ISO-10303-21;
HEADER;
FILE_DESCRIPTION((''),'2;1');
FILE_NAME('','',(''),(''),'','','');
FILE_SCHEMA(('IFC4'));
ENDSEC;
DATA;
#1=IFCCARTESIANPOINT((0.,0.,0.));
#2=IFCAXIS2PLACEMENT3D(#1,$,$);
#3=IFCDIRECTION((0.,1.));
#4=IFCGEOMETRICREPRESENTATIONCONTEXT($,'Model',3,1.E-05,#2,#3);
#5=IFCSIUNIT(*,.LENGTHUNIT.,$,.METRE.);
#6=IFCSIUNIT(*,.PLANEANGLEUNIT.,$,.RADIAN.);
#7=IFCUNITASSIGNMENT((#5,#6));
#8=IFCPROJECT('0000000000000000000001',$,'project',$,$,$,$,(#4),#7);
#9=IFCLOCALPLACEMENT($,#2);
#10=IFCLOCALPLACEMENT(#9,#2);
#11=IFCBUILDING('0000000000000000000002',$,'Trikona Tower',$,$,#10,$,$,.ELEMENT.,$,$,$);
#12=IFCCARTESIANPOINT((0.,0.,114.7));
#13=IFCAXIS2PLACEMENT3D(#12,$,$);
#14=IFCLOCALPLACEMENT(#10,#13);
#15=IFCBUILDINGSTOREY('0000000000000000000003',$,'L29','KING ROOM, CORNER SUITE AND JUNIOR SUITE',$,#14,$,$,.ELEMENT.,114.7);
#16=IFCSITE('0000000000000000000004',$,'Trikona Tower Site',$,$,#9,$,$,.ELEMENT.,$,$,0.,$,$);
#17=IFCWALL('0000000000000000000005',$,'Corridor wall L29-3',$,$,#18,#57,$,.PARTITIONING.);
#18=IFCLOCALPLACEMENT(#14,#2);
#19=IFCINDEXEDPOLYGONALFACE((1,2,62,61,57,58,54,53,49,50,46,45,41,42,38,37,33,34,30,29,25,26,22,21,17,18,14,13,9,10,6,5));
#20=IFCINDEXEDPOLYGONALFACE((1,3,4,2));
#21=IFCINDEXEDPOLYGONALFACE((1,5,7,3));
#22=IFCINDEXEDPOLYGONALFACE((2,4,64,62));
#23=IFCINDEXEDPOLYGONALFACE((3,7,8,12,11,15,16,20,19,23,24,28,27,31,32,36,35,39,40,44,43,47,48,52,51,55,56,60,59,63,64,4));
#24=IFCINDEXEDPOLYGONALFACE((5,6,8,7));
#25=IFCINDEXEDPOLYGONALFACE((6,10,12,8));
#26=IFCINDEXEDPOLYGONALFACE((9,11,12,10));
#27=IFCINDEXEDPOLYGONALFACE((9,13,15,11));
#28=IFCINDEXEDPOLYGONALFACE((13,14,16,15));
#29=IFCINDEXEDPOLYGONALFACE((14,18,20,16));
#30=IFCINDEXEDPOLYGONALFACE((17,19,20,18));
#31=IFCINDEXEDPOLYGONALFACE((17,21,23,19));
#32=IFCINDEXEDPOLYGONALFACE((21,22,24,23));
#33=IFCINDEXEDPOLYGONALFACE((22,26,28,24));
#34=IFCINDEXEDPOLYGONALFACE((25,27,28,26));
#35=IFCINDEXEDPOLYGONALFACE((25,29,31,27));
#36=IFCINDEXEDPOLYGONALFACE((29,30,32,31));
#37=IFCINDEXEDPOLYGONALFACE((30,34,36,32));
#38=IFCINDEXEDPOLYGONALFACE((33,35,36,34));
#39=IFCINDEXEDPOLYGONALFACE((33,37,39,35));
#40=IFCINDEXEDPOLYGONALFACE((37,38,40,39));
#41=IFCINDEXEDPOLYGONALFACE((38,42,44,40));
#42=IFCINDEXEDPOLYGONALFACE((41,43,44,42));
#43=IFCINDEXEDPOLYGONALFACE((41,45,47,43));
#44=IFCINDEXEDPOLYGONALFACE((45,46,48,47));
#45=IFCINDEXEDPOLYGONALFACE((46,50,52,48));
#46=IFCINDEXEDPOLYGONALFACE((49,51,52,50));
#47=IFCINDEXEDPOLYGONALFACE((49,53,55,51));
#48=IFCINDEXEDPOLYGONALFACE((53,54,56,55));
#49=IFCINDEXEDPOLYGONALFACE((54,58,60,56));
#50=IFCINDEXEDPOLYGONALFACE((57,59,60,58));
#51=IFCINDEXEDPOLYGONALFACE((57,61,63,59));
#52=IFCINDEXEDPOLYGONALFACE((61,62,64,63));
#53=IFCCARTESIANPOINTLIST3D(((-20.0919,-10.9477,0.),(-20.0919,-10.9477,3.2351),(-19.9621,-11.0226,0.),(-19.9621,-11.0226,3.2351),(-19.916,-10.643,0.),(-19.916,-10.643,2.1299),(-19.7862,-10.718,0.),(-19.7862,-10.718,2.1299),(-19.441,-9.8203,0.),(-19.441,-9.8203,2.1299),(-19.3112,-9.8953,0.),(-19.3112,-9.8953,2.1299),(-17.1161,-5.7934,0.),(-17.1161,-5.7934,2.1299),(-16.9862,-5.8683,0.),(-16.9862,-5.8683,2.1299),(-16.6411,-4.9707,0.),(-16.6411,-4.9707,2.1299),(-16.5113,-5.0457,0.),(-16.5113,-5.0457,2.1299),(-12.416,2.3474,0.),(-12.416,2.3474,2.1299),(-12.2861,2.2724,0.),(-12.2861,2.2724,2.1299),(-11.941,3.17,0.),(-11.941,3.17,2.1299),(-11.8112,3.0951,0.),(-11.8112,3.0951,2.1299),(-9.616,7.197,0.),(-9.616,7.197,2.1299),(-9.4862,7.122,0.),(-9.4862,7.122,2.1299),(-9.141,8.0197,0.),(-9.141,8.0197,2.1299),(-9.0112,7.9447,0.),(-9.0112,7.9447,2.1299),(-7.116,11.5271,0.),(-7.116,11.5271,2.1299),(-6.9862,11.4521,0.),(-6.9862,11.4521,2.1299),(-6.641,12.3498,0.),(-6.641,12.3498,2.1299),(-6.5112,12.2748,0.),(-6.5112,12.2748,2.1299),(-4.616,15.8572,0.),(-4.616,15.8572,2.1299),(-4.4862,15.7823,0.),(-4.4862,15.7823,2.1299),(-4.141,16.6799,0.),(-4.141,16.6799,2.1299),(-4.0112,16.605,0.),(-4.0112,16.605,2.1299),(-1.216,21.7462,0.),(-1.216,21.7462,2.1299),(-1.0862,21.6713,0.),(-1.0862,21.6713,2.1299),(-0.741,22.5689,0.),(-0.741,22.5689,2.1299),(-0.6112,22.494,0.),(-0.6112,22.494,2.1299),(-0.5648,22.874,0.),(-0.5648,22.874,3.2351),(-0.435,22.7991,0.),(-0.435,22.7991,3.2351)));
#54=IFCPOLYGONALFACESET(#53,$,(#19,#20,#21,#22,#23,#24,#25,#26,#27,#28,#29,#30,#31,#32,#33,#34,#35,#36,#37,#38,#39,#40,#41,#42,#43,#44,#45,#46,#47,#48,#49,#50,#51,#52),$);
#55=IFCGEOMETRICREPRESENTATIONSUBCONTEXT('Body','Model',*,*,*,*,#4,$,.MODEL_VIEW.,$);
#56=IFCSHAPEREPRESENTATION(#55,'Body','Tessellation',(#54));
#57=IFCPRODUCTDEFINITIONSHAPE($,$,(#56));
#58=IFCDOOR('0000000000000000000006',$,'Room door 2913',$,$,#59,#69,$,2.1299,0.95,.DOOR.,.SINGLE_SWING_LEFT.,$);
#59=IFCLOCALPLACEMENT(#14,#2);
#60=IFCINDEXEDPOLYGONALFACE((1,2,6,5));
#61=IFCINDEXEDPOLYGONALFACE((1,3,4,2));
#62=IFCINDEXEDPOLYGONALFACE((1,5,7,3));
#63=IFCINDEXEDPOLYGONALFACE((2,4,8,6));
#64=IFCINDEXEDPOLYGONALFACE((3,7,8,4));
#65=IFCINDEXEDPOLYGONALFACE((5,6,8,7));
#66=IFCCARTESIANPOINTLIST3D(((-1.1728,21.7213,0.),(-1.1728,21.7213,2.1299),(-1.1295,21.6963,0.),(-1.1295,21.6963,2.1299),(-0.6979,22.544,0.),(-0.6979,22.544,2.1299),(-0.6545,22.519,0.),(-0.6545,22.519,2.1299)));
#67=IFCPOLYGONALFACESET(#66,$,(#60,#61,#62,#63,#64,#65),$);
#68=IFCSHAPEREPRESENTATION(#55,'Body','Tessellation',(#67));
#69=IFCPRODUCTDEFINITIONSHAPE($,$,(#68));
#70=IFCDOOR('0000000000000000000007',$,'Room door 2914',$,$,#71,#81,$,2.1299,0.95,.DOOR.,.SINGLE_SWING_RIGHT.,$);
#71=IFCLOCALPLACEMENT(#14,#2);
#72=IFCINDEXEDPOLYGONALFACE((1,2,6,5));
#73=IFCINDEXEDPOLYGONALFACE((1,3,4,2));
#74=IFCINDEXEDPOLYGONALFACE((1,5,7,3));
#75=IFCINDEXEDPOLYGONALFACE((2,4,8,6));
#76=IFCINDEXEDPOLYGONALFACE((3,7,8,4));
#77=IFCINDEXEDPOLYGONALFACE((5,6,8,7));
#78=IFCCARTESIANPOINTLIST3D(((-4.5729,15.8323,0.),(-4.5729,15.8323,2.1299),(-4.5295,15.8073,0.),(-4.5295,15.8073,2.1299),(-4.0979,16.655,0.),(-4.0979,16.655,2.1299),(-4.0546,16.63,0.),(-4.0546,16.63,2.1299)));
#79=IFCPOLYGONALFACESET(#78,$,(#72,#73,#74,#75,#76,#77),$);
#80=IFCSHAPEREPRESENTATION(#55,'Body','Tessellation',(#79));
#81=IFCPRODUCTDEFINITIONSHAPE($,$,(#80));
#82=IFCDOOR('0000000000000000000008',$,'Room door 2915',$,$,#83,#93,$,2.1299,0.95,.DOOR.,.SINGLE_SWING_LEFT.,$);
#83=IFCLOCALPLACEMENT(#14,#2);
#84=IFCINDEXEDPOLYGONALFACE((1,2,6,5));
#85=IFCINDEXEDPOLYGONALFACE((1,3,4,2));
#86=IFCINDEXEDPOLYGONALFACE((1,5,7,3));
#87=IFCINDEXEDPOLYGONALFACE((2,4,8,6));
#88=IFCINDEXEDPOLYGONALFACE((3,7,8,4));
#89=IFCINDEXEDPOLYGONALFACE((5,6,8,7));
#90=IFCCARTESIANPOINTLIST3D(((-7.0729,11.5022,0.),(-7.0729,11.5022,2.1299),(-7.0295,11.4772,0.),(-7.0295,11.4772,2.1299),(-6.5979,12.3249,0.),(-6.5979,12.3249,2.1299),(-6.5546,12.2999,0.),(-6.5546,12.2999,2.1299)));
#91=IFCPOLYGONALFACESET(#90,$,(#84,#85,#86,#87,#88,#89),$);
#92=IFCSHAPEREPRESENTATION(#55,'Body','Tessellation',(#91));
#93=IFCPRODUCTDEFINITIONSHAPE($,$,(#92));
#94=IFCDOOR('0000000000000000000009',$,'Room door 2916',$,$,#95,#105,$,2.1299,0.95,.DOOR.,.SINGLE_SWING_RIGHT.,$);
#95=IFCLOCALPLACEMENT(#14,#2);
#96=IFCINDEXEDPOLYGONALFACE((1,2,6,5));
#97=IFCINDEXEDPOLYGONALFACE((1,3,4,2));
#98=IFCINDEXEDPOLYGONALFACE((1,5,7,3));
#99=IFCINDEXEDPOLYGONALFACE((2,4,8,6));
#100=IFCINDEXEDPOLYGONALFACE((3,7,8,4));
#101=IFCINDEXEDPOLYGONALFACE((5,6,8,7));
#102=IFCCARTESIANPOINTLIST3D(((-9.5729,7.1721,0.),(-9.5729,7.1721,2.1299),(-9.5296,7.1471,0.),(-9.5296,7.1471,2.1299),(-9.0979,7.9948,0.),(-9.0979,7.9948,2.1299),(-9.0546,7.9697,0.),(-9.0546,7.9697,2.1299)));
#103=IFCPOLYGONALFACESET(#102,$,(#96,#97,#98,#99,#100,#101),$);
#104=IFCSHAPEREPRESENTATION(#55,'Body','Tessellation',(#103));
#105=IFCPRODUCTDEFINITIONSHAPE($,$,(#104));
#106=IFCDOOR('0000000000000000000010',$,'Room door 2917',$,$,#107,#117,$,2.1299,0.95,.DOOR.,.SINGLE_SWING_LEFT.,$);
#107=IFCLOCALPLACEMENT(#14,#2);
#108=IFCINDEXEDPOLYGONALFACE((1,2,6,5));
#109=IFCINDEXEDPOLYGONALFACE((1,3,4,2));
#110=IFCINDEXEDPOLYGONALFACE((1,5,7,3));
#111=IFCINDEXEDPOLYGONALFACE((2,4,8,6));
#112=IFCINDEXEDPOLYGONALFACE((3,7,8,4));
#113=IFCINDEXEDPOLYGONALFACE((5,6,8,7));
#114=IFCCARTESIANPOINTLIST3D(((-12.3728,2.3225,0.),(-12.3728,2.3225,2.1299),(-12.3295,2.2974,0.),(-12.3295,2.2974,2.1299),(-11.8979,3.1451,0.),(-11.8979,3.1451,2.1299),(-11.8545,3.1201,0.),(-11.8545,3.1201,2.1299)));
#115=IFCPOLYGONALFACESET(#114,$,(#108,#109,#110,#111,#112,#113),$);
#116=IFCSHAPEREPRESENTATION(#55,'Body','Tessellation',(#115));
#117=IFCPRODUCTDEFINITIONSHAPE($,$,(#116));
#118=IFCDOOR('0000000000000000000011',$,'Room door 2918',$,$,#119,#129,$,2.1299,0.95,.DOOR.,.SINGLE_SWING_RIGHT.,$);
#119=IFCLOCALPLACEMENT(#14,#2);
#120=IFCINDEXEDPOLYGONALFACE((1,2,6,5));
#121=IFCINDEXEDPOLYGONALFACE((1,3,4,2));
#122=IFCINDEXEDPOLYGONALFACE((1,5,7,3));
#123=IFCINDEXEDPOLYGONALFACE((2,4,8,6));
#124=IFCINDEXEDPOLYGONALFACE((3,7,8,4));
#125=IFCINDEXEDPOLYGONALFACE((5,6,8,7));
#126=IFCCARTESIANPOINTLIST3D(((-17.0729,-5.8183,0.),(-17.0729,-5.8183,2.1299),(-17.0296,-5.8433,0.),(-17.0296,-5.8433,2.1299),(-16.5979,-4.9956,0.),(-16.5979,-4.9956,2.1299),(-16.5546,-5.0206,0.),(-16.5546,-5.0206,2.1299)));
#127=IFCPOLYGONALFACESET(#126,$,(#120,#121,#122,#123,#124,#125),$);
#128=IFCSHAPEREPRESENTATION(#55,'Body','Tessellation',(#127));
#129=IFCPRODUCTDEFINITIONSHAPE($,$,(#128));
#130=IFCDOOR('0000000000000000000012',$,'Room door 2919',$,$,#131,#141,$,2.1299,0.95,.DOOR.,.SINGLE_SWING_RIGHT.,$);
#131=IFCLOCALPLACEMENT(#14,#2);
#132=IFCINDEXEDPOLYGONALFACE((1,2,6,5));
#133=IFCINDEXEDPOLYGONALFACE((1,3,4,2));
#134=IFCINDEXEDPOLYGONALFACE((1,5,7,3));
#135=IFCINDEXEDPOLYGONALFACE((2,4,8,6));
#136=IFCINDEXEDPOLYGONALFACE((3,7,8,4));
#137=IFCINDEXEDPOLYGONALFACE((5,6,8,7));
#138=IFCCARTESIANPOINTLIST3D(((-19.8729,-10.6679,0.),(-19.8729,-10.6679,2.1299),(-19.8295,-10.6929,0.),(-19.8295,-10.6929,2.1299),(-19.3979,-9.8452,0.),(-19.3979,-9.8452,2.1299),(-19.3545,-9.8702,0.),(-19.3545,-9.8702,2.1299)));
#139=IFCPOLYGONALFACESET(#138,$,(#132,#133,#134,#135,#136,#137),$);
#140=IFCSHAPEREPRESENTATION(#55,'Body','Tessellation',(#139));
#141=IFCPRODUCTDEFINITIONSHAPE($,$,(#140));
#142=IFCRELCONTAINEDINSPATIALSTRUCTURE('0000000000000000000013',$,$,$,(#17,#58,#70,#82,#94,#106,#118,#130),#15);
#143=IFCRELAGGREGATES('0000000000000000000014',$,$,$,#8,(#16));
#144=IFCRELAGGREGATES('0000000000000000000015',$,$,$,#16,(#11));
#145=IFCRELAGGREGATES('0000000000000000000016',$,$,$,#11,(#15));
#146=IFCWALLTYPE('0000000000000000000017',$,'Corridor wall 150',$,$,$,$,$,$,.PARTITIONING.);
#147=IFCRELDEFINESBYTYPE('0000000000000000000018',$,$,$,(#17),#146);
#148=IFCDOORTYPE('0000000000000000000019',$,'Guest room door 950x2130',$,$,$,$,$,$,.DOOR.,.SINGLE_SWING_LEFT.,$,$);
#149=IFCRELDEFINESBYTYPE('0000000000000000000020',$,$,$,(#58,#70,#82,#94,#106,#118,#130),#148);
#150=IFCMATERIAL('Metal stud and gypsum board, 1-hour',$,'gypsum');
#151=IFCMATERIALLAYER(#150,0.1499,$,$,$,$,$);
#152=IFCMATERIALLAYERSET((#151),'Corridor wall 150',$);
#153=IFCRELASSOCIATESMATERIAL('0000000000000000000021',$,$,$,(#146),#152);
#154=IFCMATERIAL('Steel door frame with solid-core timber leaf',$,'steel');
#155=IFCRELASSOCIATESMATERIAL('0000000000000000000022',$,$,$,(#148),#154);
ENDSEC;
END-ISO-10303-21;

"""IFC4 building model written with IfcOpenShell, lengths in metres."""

from ifc_helpers import new_model, si_unit, direction, frame, frame_2d, origin, place, context, subcontext, project, spatial, rectangle, extrude, material, layer, layer_set, type_object, element, fill, save


model = new_model("IFC4")

# Units and contexts
model_context = context("Model", 3, precision=1e-05, world=origin(), true_north=direction((0.0, 1.0)))
body_context = subcontext(model_context, "Body", "Model", "MODEL_VIEW")
ifc_project = project(units=[si_unit("LENGTHUNIT", "METRE"), si_unit("PLANEANGLEUNIT", "RADIAN")], contexts=[model_context])

# Site, building, storey
site_placement = place(None, origin())
site = spatial("IfcSite", under=ifc_project, at=site_placement, Name="Trikona Tower Site", CompositionType="ELEMENT", RefElevation=0.0)
building_placement = place(site_placement, origin())
building = spatial("IfcBuilding", under=site, at=building_placement, Name="Trikona Tower", CompositionType="ELEMENT")
storey_placement = place(building_placement, frame((0.0, 0.0, 114.7)))
storey = spatial("IfcBuildingStorey", under=building, at=storey_placement, Name="L29", Description="KING ROOM, CORNER SUITE AND JUNIOR SUITE", CompositionType="ELEMENT", Elevation=114.7)

# Wall, openings, doors
ifc_material_1 = material(Name="Metal stud and gypsum board, 1-hour", Category="gypsum")
ifc_layer_1 = layer(ifc_material_1, 0.1499)
ifc_layer_set_1 = layer_set([ifc_layer_1], Name="Corridor wall 150")
wall_type_1 = type_object("IfcWallType", Name="Corridor wall 150", PredefinedType="PARTITIONING", material=ifc_layer_set_1)
wall_1_placement = place(storey_placement, frame((-0.5, 22.8364, 0.0), z_axis=(0.0, 0.0, 1.0), x_axis=(-0.500002, -0.866024, 0.0)))
wall_1 = element("IfcWall", 1, at=wall_1_placement, inside=storey, type_object=wall_type_1, Name="Corridor wall L29-3", PredefinedType="PARTITIONING", context=body_context, shape_type="SweptSolid", body=[
    extrude(rectangle(XDim=39.054, YDim=0.1499, at=frame_2d((19.5269, 0.0))), origin(), (0.0, 0.0, 1.0), 3.2351),
])
opening_1_placement = place(wall_1_placement, frame((0.3521, 0.0, 0.0)))
opening_1 = element("IfcOpeningElement", 2, at=opening_1_placement, cuts=wall_1, PredefinedType="OPENING", context=body_context, shape_type="SweptSolid", body=[
    extrude(rectangle(XDim=0.95, YDim=2.1299, at=frame_2d((0.4751, 1.0649))), frame((0.0, 0.085, 0.0), z_axis=(0.0, -1.0, 0.0), x_axis=(1.0, 0.0, 0.0)), (0.0, 0.0, 1.0), 0.1699),
])
opening_2_placement = place(wall_1_placement, frame((7.1521, 0.0, 0.0)))
opening_2 = element("IfcOpeningElement", 3, at=opening_2_placement, cuts=wall_1, PredefinedType="OPENING", context=body_context, shape_type="SweptSolid", body=[
    extrude(rectangle(XDim=0.95, YDim=2.1299, at=frame_2d((0.4751, 1.0649))), frame((0.0, 0.085, 0.0), z_axis=(0.0, -1.0, 0.0), x_axis=(1.0, 0.0, 0.0)), (0.0, 0.0, 1.0), 0.1699),
])
opening_3_placement = place(wall_1_placement, frame((12.1521, 0.0, 0.0)))
opening_3 = element("IfcOpeningElement", 4, at=opening_3_placement, cuts=wall_1, PredefinedType="OPENING", context=body_context, shape_type="SweptSolid", body=[
    extrude(rectangle(XDim=0.95, YDim=2.1299, at=frame_2d((0.4751, 1.0649))), frame((0.0, 0.085, 0.0), z_axis=(0.0, -1.0, 0.0), x_axis=(1.0, 0.0, 0.0)), (0.0, 0.0, 1.0), 0.1699),
])
opening_4_placement = place(wall_1_placement, frame((17.1521, 0.0, 0.0)))
opening_4 = element("IfcOpeningElement", 5, at=opening_4_placement, cuts=wall_1, PredefinedType="OPENING", context=body_context, shape_type="SweptSolid", body=[
    extrude(rectangle(XDim=0.95, YDim=2.1299, at=frame_2d((0.4751, 1.0649))), frame((0.0, 0.085, 0.0), z_axis=(0.0, -1.0, 0.0), x_axis=(1.0, 0.0, 0.0)), (0.0, 0.0, 1.0), 0.1699),
])
opening_5_placement = place(wall_1_placement, frame((22.752, 0.0, 0.0)))
opening_5 = element("IfcOpeningElement", 6, at=opening_5_placement, cuts=wall_1, PredefinedType="OPENING", context=body_context, shape_type="SweptSolid", body=[
    extrude(rectangle(XDim=0.95, YDim=2.1299, at=frame_2d((0.4751, 1.0649))), frame((0.0, 0.085, 0.0), z_axis=(0.0, -1.0, 0.0), x_axis=(1.0, 0.0, 0.0)), (0.0, 0.0, 1.0), 0.1699),
])
opening_6_placement = place(wall_1_placement, frame((32.1521, 0.0, 0.0)))
opening_6 = element("IfcOpeningElement", 7, at=opening_6_placement, cuts=wall_1, PredefinedType="OPENING", context=body_context, shape_type="SweptSolid", body=[
    extrude(rectangle(XDim=0.95, YDim=2.1299, at=frame_2d((0.4751, 1.0649))), frame((0.0, 0.085, 0.0), z_axis=(0.0, -1.0, 0.0), x_axis=(1.0, 0.0, 0.0)), (0.0, 0.0, 1.0), 0.1699),
])
opening_7_placement = place(wall_1_placement, frame((37.752, 0.0, 0.0)))
opening_7 = element("IfcOpeningElement", 8, at=opening_7_placement, cuts=wall_1, PredefinedType="OPENING", context=body_context, shape_type="SweptSolid", body=[
    extrude(rectangle(XDim=0.95, YDim=2.1299, at=frame_2d((0.4751, 1.0649))), frame((0.0, 0.085, 0.0), z_axis=(0.0, -1.0, 0.0), x_axis=(1.0, 0.0, 0.0)), (0.0, 0.0, 1.0), 0.1699),
])
ifc_material_2 = material(Name="Steel door frame with solid-core timber leaf", Category="steel")
door_type = type_object("IfcDoorType", Name="Guest room door 950x2130", OperationType="SINGLE_SWING_LEFT", PredefinedType="DOOR", material=ifc_material_2)
door_1_placement = place(opening_1_placement, origin())
door_1 = element("IfcDoor", 9, at=door_1_placement, inside=storey, type_object=door_type, Name="Room door 2913", OperationType="SINGLE_SWING_LEFT", OverallHeight=2.1299, OverallWidth=0.95, PredefinedType="DOOR", context=body_context, shape_type="SweptSolid", body=[
    extrude(rectangle(XDim=0.95, YDim=2.1299, at=frame_2d((0.4751, 1.0649))), frame((0.0, 0.0249, 0.0), z_axis=(0.0, -1.0, 0.0), x_axis=(1.0, 0.0, 0.0)), (0.0, 0.0, 1.0), 0.05),
])
fill(opening_1, door_1)
door_2_placement = place(opening_2_placement, origin())
door_2 = element("IfcDoor", 10, at=door_2_placement, inside=storey, type_object=door_type, Name="Room door 2914", OperationType="SINGLE_SWING_RIGHT", OverallHeight=2.1299, OverallWidth=0.95, PredefinedType="DOOR", context=body_context, shape_type="SweptSolid", body=[
    extrude(rectangle(XDim=0.95, YDim=2.1299, at=frame_2d((0.4751, 1.0649))), frame((0.0, 0.0249, 0.0), z_axis=(0.0, -1.0, 0.0), x_axis=(1.0, 0.0, 0.0)), (0.0, 0.0, 1.0), 0.05),
])
fill(opening_2, door_2)
door_3_placement = place(opening_3_placement, origin())
door_3 = element("IfcDoor", 11, at=door_3_placement, inside=storey, type_object=door_type, Name="Room door 2915", OperationType="SINGLE_SWING_LEFT", OverallHeight=2.1299, OverallWidth=0.95, PredefinedType="DOOR", context=body_context, shape_type="SweptSolid", body=[
    extrude(rectangle(XDim=0.95, YDim=2.1299, at=frame_2d((0.4751, 1.0649))), frame((0.0, 0.0249, 0.0), z_axis=(0.0, -1.0, 0.0), x_axis=(1.0, 0.0, 0.0)), (0.0, 0.0, 1.0), 0.05),
])
fill(opening_3, door_3)
door_4_placement = place(opening_4_placement, origin())
door_4 = element("IfcDoor", 12, at=door_4_placement, inside=storey, type_object=door_type, Name="Room door 2916", OperationType="SINGLE_SWING_RIGHT", OverallHeight=2.1299, OverallWidth=0.95, PredefinedType="DOOR", context=body_context, shape_type="SweptSolid", body=[
    extrude(rectangle(XDim=0.95, YDim=2.1299, at=frame_2d((0.4751, 1.0649))), frame((0.0, 0.0249, 0.0), z_axis=(0.0, -1.0, 0.0), x_axis=(1.0, 0.0, 0.0)), (0.0, 0.0, 1.0), 0.05),
])
fill(opening_4, door_4)
door_5_placement = place(opening_5_placement, origin())
door_5 = element("IfcDoor", 13, at=door_5_placement, inside=storey, type_object=door_type, Name="Room door 2917", OperationType="SINGLE_SWING_LEFT", OverallHeight=2.1299, OverallWidth=0.95, PredefinedType="DOOR", context=body_context, shape_type="SweptSolid", body=[
    extrude(rectangle(XDim=0.95, YDim=2.1299, at=frame_2d((0.4751, 1.0649))), frame((0.0, 0.0249, 0.0), z_axis=(0.0, -1.0, 0.0), x_axis=(1.0, 0.0, 0.0)), (0.0, 0.0, 1.0), 0.05),
])
fill(opening_5, door_5)
door_6_placement = place(opening_6_placement, origin())
door_6 = element("IfcDoor", 14, at=door_6_placement, inside=storey, type_object=door_type, Name="Room door 2918", OperationType="SINGLE_SWING_RIGHT", OverallHeight=2.1299, OverallWidth=0.95, PredefinedType="DOOR", context=body_context, shape_type="SweptSolid", body=[
    extrude(rectangle(XDim=0.95, YDim=2.1299, at=frame_2d((0.4751, 1.0649))), frame((0.0, 0.0249, 0.0), z_axis=(0.0, -1.0, 0.0), x_axis=(1.0, 0.0, 0.0)), (0.0, 0.0, 1.0), 0.05),
])
fill(opening_6, door_6)
door_7_placement = place(opening_7_placement, origin())
door_7 = element("IfcDoor", 15, at=door_7_placement, inside=storey, type_object=door_type, Name="Room door 2919", OperationType="SINGLE_SWING_RIGHT", OverallHeight=2.1299, OverallWidth=0.95, PredefinedType="DOOR", context=body_context, shape_type="SweptSolid", body=[
    extrude(rectangle(XDim=0.95, YDim=2.1299, at=frame_2d((0.4751, 1.0649))), frame((0.0, 0.0249, 0.0), z_axis=(0.0, -1.0, 0.0), x_axis=(1.0, 0.0, 0.0)), (0.0, 0.0, 1.0), 0.05),
])
fill(opening_7, door_7)

save(model, "model.ifc")
